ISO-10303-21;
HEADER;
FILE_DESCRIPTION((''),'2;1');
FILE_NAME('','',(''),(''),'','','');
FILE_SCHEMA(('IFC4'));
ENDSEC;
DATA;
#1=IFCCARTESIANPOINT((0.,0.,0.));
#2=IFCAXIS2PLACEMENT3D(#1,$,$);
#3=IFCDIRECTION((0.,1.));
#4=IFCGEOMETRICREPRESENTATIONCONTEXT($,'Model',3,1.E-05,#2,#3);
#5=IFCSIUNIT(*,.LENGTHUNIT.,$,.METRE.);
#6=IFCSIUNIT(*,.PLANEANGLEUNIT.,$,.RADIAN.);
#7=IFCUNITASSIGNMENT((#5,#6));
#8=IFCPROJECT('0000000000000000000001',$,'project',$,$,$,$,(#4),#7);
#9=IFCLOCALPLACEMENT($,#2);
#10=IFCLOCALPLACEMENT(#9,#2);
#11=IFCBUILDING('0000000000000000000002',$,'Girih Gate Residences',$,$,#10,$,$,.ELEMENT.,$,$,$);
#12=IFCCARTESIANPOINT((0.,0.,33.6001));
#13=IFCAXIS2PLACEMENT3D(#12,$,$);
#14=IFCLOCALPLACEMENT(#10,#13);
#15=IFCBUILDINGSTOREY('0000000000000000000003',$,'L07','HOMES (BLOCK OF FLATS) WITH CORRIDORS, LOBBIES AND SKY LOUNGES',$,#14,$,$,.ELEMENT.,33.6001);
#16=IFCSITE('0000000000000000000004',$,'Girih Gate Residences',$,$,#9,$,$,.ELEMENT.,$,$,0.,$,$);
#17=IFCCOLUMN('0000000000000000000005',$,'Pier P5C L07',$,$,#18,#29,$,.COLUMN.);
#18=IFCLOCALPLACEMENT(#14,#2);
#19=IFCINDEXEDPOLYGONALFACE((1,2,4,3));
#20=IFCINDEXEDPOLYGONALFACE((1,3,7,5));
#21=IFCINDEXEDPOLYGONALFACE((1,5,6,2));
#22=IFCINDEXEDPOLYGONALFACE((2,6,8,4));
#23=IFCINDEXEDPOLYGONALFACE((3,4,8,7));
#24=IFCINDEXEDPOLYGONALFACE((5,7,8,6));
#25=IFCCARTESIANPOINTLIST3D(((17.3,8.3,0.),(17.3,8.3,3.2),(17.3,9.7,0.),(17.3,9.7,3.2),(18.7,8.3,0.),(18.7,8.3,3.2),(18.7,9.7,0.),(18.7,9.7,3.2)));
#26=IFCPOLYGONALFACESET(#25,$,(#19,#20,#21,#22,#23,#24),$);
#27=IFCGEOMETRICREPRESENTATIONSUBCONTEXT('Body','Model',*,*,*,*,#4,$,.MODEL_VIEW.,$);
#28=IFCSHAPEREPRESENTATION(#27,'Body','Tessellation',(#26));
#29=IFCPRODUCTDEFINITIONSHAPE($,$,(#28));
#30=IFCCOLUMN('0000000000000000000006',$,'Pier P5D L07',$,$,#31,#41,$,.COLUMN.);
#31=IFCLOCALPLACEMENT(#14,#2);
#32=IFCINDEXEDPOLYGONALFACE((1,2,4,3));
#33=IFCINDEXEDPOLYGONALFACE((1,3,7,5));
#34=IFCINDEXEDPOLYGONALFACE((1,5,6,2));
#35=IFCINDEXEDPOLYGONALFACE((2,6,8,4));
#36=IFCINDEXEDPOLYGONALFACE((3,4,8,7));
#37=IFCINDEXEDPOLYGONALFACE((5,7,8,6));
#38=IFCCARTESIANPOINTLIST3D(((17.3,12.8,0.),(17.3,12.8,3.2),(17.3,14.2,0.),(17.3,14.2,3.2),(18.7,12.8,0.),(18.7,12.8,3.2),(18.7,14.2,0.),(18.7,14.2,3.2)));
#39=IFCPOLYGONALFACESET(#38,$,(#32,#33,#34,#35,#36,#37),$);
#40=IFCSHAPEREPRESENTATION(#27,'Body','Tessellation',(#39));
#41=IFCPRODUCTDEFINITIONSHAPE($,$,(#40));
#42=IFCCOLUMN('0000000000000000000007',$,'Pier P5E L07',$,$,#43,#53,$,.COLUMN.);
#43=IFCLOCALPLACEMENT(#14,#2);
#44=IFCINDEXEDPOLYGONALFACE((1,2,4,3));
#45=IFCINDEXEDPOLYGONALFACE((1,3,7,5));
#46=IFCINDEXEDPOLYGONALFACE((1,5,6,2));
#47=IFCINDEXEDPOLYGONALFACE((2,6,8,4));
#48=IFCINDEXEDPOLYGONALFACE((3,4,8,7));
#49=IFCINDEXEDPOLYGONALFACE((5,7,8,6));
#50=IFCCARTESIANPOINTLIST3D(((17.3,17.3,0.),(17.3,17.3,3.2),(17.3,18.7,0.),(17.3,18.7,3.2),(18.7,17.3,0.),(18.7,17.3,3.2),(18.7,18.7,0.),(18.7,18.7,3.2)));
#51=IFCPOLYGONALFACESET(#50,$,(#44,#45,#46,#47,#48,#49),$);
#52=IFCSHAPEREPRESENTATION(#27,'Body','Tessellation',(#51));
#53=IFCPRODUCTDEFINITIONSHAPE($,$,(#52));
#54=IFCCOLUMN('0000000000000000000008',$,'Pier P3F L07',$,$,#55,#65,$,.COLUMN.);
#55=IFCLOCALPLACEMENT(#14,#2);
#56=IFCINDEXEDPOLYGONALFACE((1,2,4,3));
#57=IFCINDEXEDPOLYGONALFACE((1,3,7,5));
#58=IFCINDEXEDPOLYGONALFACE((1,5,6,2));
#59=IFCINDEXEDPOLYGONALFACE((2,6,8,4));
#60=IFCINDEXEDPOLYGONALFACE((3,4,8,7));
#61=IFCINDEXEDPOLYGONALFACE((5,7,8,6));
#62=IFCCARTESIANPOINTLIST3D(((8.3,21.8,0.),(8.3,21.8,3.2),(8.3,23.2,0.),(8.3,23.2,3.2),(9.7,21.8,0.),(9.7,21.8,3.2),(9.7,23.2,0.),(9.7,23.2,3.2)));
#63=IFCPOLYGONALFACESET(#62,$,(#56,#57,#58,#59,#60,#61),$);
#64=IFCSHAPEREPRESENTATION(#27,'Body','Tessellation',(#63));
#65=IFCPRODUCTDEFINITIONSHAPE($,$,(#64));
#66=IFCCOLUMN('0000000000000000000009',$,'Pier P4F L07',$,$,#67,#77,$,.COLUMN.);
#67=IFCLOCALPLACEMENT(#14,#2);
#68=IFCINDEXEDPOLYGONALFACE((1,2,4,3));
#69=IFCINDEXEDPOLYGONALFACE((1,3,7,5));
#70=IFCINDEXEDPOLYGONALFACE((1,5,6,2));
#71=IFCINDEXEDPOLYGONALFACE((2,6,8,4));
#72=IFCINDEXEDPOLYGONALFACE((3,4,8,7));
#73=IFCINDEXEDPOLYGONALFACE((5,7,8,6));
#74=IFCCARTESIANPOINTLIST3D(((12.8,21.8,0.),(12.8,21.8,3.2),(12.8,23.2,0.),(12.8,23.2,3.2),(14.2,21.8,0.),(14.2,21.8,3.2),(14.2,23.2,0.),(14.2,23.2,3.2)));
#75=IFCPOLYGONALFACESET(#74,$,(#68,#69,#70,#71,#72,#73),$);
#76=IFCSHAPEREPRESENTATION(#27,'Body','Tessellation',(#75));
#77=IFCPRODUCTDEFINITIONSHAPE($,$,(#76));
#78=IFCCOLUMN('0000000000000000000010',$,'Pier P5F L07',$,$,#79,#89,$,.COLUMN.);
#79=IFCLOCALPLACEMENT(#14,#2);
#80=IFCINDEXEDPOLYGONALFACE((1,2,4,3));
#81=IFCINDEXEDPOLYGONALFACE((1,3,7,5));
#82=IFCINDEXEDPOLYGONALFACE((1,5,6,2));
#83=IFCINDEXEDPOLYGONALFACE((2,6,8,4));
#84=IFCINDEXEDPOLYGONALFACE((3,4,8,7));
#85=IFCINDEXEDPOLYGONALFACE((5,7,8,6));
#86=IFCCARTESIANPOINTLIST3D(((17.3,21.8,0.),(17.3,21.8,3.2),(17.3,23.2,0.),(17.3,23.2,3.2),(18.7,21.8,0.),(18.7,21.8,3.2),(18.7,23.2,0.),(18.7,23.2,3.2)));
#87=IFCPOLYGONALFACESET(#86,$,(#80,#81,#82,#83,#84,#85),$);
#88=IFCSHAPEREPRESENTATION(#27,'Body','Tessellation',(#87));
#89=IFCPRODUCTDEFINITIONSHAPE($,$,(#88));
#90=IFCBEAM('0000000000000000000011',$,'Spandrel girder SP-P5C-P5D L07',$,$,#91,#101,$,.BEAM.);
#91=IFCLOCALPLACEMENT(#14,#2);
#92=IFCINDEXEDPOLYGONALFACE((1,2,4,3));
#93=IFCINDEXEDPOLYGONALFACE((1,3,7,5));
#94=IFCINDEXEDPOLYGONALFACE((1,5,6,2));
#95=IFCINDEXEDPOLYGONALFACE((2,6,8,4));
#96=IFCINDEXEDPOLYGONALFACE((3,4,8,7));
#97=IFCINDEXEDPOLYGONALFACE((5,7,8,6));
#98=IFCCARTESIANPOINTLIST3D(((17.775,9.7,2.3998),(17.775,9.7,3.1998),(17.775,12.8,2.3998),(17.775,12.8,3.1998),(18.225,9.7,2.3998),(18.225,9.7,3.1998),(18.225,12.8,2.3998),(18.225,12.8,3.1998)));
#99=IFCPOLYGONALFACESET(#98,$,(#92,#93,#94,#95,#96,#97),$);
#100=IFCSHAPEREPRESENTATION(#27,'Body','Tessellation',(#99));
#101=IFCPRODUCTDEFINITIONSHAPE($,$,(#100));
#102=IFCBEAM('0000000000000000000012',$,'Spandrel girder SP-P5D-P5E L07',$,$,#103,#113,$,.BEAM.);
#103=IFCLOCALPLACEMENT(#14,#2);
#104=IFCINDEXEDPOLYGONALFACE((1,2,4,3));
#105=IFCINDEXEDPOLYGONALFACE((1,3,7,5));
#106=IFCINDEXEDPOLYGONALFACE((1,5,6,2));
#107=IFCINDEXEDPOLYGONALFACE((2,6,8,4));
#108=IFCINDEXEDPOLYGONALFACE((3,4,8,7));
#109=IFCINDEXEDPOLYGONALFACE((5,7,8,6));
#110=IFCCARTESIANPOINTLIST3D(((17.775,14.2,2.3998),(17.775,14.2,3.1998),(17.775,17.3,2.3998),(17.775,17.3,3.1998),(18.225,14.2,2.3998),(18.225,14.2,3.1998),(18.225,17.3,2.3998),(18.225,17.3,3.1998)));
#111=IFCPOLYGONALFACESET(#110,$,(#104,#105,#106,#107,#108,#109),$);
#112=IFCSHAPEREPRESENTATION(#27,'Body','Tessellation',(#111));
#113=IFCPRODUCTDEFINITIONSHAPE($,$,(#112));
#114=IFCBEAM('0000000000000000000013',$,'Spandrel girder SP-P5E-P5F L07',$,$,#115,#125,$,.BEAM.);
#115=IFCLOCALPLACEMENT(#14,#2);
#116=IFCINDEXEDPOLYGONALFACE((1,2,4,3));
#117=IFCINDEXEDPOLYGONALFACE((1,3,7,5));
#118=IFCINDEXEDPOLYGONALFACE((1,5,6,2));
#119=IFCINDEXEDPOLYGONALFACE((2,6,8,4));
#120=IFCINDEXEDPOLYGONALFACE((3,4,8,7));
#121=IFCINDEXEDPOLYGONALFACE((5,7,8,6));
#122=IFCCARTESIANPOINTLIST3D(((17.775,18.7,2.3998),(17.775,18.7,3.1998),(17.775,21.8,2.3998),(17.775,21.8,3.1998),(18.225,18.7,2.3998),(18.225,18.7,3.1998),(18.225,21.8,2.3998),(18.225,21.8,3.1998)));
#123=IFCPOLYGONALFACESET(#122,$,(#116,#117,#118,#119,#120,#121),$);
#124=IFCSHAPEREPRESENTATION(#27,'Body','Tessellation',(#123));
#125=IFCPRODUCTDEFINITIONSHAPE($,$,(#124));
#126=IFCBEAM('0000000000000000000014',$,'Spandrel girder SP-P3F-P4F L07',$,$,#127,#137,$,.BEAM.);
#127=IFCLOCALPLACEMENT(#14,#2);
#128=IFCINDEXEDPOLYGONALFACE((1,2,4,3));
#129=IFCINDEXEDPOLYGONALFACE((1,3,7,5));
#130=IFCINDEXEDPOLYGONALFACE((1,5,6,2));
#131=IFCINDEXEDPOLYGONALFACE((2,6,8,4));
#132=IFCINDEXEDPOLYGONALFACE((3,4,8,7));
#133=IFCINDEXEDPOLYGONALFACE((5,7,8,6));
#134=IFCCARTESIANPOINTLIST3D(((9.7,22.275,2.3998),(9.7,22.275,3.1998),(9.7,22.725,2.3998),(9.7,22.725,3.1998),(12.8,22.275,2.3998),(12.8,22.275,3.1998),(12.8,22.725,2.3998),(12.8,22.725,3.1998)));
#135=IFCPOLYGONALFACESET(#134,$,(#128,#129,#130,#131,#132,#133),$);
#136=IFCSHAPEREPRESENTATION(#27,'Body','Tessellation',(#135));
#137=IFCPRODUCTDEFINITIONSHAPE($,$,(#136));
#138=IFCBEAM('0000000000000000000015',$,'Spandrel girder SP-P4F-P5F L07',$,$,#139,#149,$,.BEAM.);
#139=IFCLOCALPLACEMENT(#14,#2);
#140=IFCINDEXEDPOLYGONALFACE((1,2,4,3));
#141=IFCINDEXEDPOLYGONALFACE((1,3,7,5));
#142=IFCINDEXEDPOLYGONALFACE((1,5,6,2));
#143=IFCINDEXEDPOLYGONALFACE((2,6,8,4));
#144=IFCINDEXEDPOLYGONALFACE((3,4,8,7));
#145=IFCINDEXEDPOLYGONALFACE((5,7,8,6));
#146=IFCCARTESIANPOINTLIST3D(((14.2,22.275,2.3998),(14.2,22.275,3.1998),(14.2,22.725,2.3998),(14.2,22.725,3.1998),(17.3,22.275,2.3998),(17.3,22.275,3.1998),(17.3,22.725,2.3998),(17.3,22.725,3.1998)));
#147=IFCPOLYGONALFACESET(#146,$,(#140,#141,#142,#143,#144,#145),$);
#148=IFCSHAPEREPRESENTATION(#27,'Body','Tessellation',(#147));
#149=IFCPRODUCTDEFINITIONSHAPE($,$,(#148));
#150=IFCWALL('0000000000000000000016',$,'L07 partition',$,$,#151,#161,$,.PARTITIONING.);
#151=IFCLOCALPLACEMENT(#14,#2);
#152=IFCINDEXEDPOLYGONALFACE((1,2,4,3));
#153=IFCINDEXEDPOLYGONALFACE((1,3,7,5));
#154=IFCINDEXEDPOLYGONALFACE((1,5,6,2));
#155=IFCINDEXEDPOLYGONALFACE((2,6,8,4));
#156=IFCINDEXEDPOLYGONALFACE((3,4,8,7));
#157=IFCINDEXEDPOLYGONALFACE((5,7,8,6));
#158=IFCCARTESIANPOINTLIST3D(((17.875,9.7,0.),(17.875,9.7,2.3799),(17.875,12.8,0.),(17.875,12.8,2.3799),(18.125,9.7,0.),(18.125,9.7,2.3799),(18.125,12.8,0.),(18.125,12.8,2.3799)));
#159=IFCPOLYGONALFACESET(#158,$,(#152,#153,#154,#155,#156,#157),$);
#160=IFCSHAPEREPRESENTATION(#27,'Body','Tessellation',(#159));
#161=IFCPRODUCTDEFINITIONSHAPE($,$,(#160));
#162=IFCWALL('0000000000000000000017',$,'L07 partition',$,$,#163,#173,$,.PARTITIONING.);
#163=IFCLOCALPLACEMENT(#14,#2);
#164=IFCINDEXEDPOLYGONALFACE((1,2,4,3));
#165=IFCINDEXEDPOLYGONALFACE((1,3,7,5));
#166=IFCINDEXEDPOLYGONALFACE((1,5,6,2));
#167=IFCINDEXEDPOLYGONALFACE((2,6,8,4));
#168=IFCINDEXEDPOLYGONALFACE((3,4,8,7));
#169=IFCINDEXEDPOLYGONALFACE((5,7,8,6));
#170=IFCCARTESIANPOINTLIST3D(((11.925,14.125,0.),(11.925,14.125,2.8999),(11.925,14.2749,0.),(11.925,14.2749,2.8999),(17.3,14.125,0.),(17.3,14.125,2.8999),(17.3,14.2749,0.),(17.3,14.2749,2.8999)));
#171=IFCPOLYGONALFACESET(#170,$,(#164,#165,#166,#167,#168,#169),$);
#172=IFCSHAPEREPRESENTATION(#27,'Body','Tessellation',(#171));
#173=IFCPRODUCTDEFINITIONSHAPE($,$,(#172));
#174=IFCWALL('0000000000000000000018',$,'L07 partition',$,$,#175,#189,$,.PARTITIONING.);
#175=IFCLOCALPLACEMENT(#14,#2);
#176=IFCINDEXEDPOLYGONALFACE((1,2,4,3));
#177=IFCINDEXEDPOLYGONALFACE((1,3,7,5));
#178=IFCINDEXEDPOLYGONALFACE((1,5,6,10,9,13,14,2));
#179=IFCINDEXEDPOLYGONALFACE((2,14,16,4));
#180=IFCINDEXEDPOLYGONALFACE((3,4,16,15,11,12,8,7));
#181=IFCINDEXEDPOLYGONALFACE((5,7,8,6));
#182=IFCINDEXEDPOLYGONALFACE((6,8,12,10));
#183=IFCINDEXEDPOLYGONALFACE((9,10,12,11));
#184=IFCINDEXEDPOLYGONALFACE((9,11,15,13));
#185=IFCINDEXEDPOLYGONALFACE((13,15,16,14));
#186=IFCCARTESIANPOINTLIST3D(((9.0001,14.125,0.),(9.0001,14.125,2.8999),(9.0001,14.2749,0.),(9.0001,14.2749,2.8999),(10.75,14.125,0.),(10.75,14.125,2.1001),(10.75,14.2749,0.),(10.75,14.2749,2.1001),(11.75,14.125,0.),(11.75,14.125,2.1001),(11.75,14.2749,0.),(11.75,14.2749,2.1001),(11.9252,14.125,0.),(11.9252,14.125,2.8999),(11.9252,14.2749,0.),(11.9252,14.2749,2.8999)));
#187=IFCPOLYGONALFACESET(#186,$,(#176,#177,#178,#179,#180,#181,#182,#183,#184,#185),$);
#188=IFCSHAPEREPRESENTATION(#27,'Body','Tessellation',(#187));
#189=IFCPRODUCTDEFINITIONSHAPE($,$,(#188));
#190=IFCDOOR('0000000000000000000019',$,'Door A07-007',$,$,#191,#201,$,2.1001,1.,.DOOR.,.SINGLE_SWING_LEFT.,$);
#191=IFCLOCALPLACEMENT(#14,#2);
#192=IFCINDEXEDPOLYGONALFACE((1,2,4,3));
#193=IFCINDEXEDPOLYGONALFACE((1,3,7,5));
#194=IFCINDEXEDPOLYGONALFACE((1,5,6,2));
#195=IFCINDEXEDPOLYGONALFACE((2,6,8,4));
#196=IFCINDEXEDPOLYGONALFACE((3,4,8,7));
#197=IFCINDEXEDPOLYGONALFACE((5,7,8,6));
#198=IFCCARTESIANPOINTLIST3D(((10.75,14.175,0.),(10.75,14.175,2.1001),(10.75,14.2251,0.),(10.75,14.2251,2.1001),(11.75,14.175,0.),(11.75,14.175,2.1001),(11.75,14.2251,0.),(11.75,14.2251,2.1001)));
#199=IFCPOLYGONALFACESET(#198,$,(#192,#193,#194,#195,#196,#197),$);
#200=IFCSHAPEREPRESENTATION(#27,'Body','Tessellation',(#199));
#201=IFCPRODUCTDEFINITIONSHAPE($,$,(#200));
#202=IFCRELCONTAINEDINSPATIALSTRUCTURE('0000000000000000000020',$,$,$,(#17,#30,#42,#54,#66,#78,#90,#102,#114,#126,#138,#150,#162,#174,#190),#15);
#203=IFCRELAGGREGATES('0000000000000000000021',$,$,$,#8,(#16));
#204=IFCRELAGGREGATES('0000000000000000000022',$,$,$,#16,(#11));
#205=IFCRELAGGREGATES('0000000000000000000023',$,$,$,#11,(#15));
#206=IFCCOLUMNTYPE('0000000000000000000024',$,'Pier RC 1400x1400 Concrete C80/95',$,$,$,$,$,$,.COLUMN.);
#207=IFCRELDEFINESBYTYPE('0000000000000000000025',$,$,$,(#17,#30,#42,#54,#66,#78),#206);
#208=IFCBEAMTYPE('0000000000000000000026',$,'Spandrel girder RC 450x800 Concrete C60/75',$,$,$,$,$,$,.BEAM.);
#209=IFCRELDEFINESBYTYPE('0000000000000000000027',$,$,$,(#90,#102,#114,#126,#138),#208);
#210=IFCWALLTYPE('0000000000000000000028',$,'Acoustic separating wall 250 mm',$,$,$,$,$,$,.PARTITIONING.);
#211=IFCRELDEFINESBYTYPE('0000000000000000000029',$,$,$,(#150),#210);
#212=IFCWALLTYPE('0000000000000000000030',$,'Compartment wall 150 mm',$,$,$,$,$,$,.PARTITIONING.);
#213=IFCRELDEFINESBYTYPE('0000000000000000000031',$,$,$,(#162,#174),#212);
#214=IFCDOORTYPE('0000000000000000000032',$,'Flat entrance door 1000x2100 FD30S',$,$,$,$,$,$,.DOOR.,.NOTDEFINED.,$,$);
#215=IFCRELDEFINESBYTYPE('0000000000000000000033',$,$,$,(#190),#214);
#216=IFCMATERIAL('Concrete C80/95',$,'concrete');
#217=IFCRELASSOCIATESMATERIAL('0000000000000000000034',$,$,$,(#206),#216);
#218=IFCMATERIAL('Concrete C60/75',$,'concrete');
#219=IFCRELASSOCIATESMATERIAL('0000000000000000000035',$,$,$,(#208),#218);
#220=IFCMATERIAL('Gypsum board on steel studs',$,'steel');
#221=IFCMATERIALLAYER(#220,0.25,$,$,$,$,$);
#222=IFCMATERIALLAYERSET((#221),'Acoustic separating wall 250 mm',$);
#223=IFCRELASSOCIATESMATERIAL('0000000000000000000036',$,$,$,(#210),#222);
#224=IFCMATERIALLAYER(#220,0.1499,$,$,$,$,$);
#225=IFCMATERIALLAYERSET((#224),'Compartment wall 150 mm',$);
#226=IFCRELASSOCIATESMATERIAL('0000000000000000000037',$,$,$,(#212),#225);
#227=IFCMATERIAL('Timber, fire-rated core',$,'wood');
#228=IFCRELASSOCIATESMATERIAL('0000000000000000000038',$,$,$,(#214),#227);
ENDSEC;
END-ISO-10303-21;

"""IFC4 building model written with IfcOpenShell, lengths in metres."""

from ifc_helpers import new_model, si_unit, direction, frame, frame_2d, origin, origin_2d, place, context, subcontext, project, spatial, rectangle, extrude, material, layer, layer_set, material_profile, profile_set, type_object, element, fill, save


model = new_model("IFC4")

# Units and contexts
model_context = context("Model", 3, precision=1e-05, world=origin(), true_north=direction((0.0, 1.0)))
body_context = subcontext(model_context, "Body", "Model", "MODEL_VIEW")
ifc_project = project(units=[si_unit("LENGTHUNIT", "METRE"), si_unit("PLANEANGLEUNIT", "RADIAN")], contexts=[model_context])

# Site, building, storey
site_placement = place(None, origin())
site = spatial("IfcSite", under=ifc_project, at=site_placement, Name="Girih Gate Residences", CompositionType="ELEMENT", RefElevation=0.0)
building_placement = place(site_placement, origin())
building = spatial("IfcBuilding", under=site, at=building_placement, Name="Girih Gate Residences", CompositionType="ELEMENT")
storey_placement = place(building_placement, frame((0.0, 0.0, 33.6001)))
storey = spatial("IfcBuildingStorey", under=building, at=storey_placement, Name="L07", Description="HOMES (BLOCK OF FLATS) WITH CORRIDORS, LOBBIES AND SKY LOUNGES", CompositionType="ELEMENT", Elevation=33.6001)

# Columns
ifc_material_1 = material(Name="Concrete C80/95", Category="concrete")
ifc_material_profile_1 = material_profile(ifc_material_1, rectangle(XDim=1.3999, YDim=1.3999, at=origin_2d()))
ifc_profile_set_1 = profile_set([ifc_material_profile_1], Name="Concrete C80/95")
column_type = type_object("IfcColumnType", Name="Pier RC 1400x1400 Concrete C80/95", PredefinedType="COLUMN", material=ifc_profile_set_1)
for number, where, z_axis, x_axis, name in (
    (1, (18.0, 9.0, 0.0), (0.0, 0.0, 1.0), (1.0, 0.0, 0.0), "Pier P5C L07"),
    (2, (18.0, 13.5, 0.0), (0.0, 0.0, 1.0), (1.0, 0.0, 0.0), "Pier P5D L07"),
    (3, (18.0, 18.0, 0.0), (0.0, 0.0, 1.0), (1.0, 0.0, 0.0), "Pier P5E L07"),
    (4, (9.0, 22.5, 0.0), (0.0, 0.0, 1.0), (1.0, 0.0, 0.0), "Pier P3F L07"),
    (5, (13.5, 22.5, 0.0), (0.0, 0.0, 1.0), (1.0, 0.0, 0.0), "Pier P4F L07"),
    (6, (18.0, 22.5, 0.0), (0.0, 0.0, 1.0), (1.0, 0.0, 0.0), "Pier P5F L07"),
):
    element("IfcColumn", number, at=place(storey_placement, frame(where, z_axis=z_axis, x_axis=x_axis)), inside=storey, type_object=column_type, Name=name, PredefinedType="COLUMN", context=body_context, shape_type="SweptSolid", body=[
        extrude(rectangle(XDim=1.3999, YDim=1.3999, at=origin_2d()), origin(), (0.0, 0.0, 1.0), 3.2),
    ])

# Beams
ifc_material_2 = material(Name="Concrete C60/75", Category="concrete")
ifc_material_profile_2 = material_profile(ifc_material_2, rectangle(XDim=0.45, YDim=0.8, at=origin_2d()))
ifc_profile_set_2 = profile_set([ifc_material_profile_2], Name="Concrete C60/75")
beam_type = type_object("IfcBeamType", Name="Spandrel girder RC 450x800 Concrete C60/75", PredefinedType="BEAM", material=ifc_profile_set_2)
for number, where, z_axis, x_axis, name in (
    (7, (18.0, 9.7, 2.7998), (0.0, 1.0, 0.0), (-1.0, 0.0, 0.0), "Spandrel girder SP-P5C-P5D L07"),
    (8, (18.0, 14.2, 2.7998), (0.0, 1.0, 0.0), (-1.0, 0.0, 0.0), "Spandrel girder SP-P5D-P5E L07"),
    (9, (18.0, 18.7, 2.7998), (0.0, 1.0, 0.0), (-1.0, 0.0, 0.0), "Spandrel girder SP-P5E-P5F L07"),
    (10, (9.7, 22.5, 2.7998), (1.0, 0.0, 0.0), (0.0, 1.0, 0.0), "Spandrel girder SP-P3F-P4F L07"),
    (11, (14.2, 22.5, 2.7998), (1.0, 0.0, 0.0), (0.0, 1.0, 0.0), "Spandrel girder SP-P4F-P5F L07"),
):
    element("IfcBeam", number, at=place(storey_placement, frame(where, z_axis=z_axis, x_axis=x_axis)), inside=storey, type_object=beam_type, Name=name, PredefinedType="BEAM", context=body_context, shape_type="SweptSolid", body=[
        extrude(rectangle(XDim=0.45, YDim=0.8, at=origin_2d()), origin(), (0.0, 0.0, 1.0), 3.1001),
    ])

# Walls
ifc_material_3 = material(Name="Gypsum board on steel studs", Category="steel")
ifc_layer_1 = layer(ifc_material_3, 0.25)
ifc_layer_set_1 = layer_set([ifc_layer_1], Name="Acoustic separating wall 250 mm")
wall_type_1 = type_object("IfcWallType", Name="Acoustic separating wall 250 mm", PredefinedType="PARTITIONING", material=ifc_layer_set_1)
wall_1_placement = place(storey_placement, frame((18.0, 9.7, 0.0), z_axis=(0.0, 0.0, 1.0), x_axis=(0.0, 1.0, 0.0)))
element("IfcWall", 12, at=wall_1_placement, inside=storey, type_object=wall_type_1, Name="L07 partition", PredefinedType="PARTITIONING", context=body_context, shape_type="SweptSolid", body=[
    extrude(rectangle(XDim=3.1001, YDim=0.25, at=frame_2d((1.55, 0.0))), origin(), (0.0, 0.0, 1.0), 2.3799),
])
ifc_layer_2 = layer(ifc_material_3, 0.1499)
ifc_layer_set_2 = layer_set([ifc_layer_2], Name="Compartment wall 150 mm")
wall_type_2 = type_object("IfcWallType", Name="Compartment wall 150 mm", PredefinedType="PARTITIONING", material=ifc_layer_set_2)
wall_2_placement = place(storey_placement, frame((11.925, 14.2, 0.0), z_axis=(0.0, 0.0, 1.0), x_axis=(1.0, 0.0, 0.0)))
element("IfcWall", 13, at=wall_2_placement, inside=storey, type_object=wall_type_2, Name="L07 partition", PredefinedType="PARTITIONING", context=body_context, shape_type="SweptSolid", body=[
    extrude(rectangle(XDim=5.375, YDim=0.1499, at=frame_2d((2.6875, 0.0))), origin(), (0.0, 0.0, 1.0), 2.8999),
])

# Wall, opening, door
wall_3_placement = place(storey_placement, frame((11.925, 14.2, 0.0), z_axis=(0.0, 0.0, 1.0), x_axis=(-1.0, 0.0, 0.0)))
wall_3 = element("IfcWall", 14, at=wall_3_placement, inside=storey, type_object=wall_type_2, Name="L07 partition", PredefinedType="PARTITIONING", context=body_context, shape_type="SweptSolid", body=[
    extrude(rectangle(XDim=2.925, YDim=0.1499, at=frame_2d((1.4624, 0.0))), origin(), (0.0, 0.0, 1.0), 2.8999),
])
opening_1_placement = place(wall_3_placement, frame((0.175, 0.0, 0.0)))
opening_1 = element("IfcOpeningElement", 15, at=opening_1_placement, cuts=wall_3, PredefinedType="OPENING", context=body_context, shape_type="SweptSolid", body=[
    extrude(rectangle(XDim=1.0, YDim=2.1001, at=frame_2d((0.5, 1.05))), frame((0.0, 0.085, 0.0), z_axis=(0.0, -1.0, 0.0), x_axis=(1.0, 0.0, 0.0)), (0.0, 0.0, 1.0), 0.1699),
])
ifc_material_4 = material(Name="Timber, fire-rated core", Category="wood")
door_type_1 = type_object("IfcDoorType", Name="Flat entrance door 1000x2100 FD30S", OperationType="NOTDEFINED", PredefinedType="DOOR", material=ifc_material_4)
door_1_placement = place(opening_1_placement, origin())
door_1 = element("IfcDoor", 16, at=door_1_placement, inside=storey, type_object=door_type_1, Name="Door A07-007", OperationType="SINGLE_SWING_LEFT", OverallHeight=2.1001, OverallWidth=1.0, PredefinedType="DOOR", context=body_context, shape_type="SweptSolid", body=[
    extrude(rectangle(XDim=1.0, YDim=2.1001, at=frame_2d((0.5, 1.05))), frame((0.0, 0.0249, 0.0), z_axis=(0.0, -1.0, 0.0), x_axis=(1.0, 0.0, 0.0)), (0.0, 0.0, 1.0), 0.05),
])
fill(opening_1, door_1)

save(model, "model.ifc")
